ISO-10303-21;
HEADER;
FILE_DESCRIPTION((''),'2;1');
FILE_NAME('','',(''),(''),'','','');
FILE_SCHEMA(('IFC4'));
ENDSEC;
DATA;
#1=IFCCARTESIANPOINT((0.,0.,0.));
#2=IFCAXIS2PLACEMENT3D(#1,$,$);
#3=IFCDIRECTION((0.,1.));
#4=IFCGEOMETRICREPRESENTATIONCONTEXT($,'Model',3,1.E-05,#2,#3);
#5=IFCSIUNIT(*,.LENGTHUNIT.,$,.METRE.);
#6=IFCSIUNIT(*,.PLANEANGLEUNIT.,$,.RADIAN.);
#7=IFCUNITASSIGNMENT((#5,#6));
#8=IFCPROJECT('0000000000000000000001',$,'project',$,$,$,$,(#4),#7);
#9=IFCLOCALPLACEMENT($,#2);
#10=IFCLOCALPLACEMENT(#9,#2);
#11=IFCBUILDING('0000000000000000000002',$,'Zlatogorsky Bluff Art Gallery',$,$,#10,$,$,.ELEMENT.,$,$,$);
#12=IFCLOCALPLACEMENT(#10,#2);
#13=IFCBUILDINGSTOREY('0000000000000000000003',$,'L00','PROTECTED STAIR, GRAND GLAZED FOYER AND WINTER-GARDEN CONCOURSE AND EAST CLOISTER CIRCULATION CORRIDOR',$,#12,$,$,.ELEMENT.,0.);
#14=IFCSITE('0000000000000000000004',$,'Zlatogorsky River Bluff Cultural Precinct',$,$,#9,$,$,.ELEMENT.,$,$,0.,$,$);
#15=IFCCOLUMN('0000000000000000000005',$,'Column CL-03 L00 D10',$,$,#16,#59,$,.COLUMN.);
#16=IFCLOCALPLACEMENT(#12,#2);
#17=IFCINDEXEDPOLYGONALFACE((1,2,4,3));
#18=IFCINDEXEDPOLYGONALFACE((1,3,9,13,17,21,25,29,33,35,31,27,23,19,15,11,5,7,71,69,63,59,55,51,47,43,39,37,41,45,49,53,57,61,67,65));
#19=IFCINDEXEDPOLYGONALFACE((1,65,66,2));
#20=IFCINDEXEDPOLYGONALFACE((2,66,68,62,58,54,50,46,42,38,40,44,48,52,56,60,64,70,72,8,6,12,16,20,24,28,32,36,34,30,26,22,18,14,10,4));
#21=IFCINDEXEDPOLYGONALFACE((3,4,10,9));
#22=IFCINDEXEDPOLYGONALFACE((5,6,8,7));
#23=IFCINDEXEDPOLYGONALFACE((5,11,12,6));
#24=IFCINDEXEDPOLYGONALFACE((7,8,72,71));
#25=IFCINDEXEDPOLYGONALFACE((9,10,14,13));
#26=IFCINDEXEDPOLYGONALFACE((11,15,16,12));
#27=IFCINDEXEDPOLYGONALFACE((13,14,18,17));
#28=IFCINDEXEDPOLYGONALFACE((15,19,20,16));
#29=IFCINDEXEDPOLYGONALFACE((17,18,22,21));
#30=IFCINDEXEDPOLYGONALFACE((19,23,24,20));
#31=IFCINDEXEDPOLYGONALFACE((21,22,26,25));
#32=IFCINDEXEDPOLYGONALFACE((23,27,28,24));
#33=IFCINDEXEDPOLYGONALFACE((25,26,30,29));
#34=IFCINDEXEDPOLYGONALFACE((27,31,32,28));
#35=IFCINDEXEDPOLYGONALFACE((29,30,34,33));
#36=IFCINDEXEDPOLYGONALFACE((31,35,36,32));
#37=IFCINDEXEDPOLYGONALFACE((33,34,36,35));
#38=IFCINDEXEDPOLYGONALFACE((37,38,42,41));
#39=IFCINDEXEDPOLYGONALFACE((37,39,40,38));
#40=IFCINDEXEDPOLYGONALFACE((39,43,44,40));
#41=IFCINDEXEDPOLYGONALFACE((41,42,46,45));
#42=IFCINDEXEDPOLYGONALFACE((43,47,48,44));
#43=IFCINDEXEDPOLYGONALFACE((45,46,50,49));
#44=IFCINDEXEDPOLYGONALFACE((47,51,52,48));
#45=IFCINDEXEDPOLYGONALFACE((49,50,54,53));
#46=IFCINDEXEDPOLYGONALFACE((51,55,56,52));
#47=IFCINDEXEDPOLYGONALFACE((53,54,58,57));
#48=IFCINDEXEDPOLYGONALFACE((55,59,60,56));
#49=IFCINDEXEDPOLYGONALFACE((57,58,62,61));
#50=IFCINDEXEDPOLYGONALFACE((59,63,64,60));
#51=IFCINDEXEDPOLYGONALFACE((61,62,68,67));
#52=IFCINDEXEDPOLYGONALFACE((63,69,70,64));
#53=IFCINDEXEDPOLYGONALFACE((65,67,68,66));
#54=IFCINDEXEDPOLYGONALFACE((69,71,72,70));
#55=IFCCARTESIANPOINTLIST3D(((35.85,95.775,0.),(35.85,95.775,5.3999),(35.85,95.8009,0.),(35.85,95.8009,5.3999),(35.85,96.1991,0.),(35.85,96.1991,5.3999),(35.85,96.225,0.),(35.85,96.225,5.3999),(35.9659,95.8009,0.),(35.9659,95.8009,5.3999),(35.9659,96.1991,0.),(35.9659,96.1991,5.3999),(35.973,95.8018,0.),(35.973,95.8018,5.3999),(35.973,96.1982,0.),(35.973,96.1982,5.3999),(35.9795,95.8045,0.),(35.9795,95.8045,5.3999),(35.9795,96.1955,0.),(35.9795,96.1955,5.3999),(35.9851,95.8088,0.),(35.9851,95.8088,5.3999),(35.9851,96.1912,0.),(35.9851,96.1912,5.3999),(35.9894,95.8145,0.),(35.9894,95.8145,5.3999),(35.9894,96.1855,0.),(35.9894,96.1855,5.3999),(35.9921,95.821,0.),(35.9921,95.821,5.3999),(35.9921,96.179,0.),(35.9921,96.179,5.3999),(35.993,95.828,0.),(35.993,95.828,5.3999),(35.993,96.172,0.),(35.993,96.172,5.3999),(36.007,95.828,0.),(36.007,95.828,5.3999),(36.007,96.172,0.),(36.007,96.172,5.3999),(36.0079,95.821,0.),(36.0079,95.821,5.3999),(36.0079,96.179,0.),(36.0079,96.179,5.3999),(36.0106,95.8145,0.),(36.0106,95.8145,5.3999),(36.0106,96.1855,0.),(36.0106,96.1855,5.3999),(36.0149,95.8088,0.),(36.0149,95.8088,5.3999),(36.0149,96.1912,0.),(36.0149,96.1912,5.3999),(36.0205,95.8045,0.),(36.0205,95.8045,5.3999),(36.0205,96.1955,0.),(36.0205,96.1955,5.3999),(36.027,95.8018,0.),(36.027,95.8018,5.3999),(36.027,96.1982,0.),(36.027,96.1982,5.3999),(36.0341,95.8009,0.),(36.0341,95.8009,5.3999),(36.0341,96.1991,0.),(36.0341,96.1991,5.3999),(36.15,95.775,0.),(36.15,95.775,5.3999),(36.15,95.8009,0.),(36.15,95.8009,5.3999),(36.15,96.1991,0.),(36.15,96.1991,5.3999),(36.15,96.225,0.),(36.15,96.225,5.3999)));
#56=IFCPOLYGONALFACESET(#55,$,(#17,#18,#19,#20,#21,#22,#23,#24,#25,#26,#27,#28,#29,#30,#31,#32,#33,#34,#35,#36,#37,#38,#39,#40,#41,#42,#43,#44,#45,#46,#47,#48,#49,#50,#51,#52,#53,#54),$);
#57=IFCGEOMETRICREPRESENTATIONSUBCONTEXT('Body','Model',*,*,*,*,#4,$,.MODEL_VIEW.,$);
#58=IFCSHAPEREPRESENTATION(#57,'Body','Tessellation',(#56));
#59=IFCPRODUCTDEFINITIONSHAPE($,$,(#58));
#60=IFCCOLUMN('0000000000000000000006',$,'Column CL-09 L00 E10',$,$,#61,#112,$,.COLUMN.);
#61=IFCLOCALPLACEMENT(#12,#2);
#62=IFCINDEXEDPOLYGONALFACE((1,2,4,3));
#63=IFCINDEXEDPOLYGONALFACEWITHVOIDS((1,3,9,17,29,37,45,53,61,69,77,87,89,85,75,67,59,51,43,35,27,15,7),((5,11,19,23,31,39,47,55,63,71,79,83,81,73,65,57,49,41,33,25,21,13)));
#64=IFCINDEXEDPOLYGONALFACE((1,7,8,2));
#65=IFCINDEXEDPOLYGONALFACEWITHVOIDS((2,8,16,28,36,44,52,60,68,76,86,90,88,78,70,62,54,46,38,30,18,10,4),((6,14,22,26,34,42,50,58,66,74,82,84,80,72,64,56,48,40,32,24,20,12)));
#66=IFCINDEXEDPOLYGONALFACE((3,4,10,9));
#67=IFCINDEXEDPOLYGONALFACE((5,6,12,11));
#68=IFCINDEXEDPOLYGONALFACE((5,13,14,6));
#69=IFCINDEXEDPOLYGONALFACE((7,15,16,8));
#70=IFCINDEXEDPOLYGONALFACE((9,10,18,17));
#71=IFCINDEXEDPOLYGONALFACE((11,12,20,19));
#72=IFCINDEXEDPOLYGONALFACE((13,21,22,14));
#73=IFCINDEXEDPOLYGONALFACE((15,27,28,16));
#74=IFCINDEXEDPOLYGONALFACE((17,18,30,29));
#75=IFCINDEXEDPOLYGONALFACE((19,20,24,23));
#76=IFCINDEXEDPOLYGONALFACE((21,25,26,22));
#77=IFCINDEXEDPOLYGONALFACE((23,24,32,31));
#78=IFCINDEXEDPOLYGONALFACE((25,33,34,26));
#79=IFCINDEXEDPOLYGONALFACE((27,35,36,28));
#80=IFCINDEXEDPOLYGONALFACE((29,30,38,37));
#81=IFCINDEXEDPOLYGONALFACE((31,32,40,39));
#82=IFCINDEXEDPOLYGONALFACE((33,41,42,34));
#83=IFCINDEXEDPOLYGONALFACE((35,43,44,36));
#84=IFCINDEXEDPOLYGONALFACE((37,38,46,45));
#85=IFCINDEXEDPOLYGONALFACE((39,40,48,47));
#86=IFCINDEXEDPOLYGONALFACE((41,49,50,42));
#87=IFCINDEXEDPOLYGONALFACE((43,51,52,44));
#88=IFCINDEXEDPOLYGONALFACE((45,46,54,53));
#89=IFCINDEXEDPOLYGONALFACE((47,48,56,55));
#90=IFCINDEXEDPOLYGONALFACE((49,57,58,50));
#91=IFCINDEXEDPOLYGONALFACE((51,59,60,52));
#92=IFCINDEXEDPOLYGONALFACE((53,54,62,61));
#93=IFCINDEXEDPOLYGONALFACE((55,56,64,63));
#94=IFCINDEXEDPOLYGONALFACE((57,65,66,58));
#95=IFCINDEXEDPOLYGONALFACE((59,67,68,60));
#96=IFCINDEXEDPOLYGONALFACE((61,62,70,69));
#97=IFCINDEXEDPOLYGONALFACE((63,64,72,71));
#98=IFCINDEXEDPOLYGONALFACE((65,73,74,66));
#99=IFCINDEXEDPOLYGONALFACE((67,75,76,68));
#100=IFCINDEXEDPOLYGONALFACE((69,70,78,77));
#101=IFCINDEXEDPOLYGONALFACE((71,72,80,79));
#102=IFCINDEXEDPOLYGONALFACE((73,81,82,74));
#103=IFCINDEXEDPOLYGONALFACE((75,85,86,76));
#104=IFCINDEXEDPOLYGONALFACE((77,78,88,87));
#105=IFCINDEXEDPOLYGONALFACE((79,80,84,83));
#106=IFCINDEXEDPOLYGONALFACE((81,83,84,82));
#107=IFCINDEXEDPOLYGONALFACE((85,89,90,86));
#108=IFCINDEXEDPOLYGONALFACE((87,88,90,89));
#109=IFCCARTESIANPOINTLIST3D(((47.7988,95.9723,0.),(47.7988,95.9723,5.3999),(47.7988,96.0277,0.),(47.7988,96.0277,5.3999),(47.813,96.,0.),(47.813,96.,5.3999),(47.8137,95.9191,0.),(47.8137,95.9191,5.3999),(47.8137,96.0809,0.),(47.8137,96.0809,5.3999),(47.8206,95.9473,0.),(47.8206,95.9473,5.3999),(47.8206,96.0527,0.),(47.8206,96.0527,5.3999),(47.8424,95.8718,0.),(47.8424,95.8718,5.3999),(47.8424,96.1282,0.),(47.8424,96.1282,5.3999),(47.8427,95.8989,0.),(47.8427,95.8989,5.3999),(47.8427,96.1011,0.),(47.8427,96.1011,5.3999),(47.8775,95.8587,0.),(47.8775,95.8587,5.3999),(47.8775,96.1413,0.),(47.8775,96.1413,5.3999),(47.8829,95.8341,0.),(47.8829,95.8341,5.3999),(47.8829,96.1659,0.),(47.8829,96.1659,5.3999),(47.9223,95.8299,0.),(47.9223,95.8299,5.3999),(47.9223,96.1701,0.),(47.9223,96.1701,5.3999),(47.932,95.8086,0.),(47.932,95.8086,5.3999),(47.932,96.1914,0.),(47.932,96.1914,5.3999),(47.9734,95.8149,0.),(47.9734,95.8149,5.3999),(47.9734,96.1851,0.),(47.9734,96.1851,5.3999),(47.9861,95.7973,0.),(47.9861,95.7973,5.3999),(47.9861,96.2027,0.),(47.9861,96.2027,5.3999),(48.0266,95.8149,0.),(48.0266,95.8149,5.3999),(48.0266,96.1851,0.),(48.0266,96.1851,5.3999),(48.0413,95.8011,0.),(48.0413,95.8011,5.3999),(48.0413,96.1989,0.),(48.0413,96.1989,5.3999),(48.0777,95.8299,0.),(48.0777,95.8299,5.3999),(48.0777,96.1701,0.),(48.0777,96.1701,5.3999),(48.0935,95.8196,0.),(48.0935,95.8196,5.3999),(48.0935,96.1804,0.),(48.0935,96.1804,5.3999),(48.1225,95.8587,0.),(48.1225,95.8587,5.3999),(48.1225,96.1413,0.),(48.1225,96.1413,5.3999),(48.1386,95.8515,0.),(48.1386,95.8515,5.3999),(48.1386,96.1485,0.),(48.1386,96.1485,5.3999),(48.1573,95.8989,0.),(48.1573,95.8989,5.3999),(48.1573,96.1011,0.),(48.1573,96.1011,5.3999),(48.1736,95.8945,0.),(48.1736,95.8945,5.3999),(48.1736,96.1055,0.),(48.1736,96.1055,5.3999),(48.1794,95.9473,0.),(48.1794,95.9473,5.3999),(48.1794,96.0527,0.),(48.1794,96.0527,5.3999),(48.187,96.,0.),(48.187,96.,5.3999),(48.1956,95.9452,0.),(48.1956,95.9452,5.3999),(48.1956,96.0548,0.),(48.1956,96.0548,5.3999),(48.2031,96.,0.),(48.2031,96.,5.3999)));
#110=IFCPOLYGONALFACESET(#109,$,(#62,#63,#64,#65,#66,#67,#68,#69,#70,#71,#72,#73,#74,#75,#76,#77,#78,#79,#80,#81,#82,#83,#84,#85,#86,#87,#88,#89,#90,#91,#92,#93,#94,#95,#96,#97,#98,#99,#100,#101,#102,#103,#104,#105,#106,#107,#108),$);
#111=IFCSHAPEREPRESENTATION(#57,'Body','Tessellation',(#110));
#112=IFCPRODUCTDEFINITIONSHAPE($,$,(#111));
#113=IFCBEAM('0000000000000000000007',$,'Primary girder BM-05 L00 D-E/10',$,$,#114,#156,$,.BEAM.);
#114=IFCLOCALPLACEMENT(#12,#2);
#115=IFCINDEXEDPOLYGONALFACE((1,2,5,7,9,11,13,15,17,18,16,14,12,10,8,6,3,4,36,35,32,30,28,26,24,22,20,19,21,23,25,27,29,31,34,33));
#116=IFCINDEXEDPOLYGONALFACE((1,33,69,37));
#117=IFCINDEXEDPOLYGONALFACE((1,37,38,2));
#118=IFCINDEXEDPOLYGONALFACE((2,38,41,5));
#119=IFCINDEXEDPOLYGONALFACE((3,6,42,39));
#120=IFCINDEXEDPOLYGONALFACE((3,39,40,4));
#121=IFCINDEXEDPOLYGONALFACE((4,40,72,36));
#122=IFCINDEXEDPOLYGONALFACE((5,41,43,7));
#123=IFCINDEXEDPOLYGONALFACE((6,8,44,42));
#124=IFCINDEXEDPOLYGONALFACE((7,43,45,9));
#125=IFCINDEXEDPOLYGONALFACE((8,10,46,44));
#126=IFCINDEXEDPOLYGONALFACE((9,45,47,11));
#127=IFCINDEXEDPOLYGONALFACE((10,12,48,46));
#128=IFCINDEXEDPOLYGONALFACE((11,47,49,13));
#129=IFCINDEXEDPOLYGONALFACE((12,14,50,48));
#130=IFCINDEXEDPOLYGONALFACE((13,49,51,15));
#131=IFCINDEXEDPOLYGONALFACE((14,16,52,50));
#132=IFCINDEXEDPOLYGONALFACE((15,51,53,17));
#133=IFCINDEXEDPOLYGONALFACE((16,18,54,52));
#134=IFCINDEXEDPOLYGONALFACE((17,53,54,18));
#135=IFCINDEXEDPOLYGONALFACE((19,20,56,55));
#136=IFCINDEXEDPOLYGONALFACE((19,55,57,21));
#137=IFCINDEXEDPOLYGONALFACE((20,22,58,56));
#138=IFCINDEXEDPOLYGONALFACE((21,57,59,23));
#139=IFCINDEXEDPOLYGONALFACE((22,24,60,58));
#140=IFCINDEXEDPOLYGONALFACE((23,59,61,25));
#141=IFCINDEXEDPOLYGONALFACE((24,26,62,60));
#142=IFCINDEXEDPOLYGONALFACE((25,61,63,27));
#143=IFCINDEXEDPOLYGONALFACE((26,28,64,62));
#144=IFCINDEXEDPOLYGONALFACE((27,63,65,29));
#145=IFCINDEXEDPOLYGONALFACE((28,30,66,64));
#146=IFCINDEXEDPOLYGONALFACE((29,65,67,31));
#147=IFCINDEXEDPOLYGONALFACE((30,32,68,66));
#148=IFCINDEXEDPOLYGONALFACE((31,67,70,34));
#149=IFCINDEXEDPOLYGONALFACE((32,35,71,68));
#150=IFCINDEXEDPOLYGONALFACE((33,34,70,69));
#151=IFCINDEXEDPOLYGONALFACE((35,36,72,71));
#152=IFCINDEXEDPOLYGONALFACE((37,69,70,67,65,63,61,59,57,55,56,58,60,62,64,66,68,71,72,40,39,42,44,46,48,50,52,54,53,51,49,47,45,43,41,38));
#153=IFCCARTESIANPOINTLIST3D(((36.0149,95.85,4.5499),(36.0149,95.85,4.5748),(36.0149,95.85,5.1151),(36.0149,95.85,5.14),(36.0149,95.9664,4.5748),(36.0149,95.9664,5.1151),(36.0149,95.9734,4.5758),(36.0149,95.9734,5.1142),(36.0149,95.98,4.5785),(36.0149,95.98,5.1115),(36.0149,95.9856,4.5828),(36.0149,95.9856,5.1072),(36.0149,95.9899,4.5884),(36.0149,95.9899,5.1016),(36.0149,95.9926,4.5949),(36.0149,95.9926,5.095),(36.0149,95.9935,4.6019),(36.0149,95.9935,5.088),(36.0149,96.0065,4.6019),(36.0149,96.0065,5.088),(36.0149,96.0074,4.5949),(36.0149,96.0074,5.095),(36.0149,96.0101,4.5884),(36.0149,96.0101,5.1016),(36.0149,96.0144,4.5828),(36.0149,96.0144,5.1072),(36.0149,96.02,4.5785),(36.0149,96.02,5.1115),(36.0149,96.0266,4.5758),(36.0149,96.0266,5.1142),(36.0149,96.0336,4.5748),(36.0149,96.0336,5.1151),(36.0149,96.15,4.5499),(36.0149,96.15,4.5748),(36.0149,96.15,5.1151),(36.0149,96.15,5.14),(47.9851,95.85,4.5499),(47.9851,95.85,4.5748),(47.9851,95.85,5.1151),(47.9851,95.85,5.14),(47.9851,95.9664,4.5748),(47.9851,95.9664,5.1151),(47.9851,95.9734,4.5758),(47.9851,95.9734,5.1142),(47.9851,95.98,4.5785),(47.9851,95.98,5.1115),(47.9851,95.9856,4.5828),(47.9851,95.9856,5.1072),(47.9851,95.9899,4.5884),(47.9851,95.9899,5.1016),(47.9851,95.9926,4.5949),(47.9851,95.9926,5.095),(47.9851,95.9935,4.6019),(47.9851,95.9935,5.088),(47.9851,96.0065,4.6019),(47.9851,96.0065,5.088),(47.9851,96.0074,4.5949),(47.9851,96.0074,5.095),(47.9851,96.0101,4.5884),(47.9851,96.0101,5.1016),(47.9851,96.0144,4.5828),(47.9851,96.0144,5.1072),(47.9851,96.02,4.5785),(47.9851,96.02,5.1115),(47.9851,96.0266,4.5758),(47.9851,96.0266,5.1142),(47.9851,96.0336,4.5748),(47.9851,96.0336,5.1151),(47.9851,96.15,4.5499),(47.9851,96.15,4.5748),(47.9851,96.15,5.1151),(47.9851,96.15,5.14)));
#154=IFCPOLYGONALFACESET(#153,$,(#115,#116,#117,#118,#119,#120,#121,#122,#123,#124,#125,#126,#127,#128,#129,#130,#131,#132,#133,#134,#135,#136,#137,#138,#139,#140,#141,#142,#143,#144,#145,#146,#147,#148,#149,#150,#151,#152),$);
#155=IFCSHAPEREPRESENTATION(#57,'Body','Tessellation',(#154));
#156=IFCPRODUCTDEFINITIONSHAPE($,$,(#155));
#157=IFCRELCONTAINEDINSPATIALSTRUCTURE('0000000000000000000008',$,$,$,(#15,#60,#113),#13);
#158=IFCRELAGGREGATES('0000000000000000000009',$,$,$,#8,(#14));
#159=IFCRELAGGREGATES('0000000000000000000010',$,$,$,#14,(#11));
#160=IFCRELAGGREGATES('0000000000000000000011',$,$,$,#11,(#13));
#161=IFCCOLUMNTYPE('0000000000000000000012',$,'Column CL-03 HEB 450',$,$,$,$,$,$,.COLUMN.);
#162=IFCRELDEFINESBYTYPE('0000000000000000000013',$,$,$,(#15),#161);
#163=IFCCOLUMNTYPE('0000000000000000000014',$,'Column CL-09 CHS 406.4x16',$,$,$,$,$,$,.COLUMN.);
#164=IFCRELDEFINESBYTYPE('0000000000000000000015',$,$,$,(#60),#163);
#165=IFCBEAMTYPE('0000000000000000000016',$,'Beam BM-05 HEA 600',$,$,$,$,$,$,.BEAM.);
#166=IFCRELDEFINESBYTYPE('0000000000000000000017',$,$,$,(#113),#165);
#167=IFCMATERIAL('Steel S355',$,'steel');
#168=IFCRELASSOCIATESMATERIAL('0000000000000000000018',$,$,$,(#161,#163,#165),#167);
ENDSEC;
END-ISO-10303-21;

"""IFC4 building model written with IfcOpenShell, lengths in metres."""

from ifc_helpers import new_model, si_unit, direction, frame, origin, origin_2d, place, context, subcontext, project, spatial, hollow_circle, i_section, extrude, material, material_profile, profile_set, type_object, element, save


model = new_model("IFC4")

# Units and contexts
model_context = context("Model", 3, precision=1e-05, world=origin(), true_north=direction((0.0, 1.0)))
body_context = subcontext(model_context, "Body", "Model", "MODEL_VIEW")
ifc_project = project(units=[si_unit("LENGTHUNIT", "METRE"), si_unit("PLANEANGLEUNIT", "RADIAN")], contexts=[model_context])

# Site, building, storey
site_placement = place(None, origin())
site = spatial("IfcSite", under=ifc_project, at=site_placement, Name="Zlatogorsky River Bluff Cultural Precinct", CompositionType="ELEMENT", RefElevation=0.0)
building_placement = place(site_placement, origin())
building = spatial("IfcBuilding", under=site, at=building_placement, Name="Zlatogorsky Bluff Art Gallery", CompositionType="ELEMENT")
storey_placement = place(building_placement, origin())
storey = spatial("IfcBuildingStorey", under=building, at=storey_placement, Name="L00", Description="PROTECTED STAIR, GRAND GLAZED FOYER AND WINTER-GARDEN CONCOURSE AND EAST CLOISTER CIRCULATION CORRIDOR", CompositionType="ELEMENT", Elevation=0.0)

# Columns
ifc_material_1 = material(Name="Steel S355", Category="steel")
ifc_material_profile_1 = material_profile(ifc_material_1, i_section(OverallWidth=0.3, OverallDepth=0.45, WebThickness=0.0139, FlangeThickness=0.0259, FilletRadius=0.0271, at=origin_2d()), Name="HEB 450")
ifc_profile_set_1 = profile_set([ifc_material_profile_1], Name="Steel S355")
column_type_1 = type_object("IfcColumnType", Name="Column CL-03 HEB 450", PredefinedType="COLUMN", material=ifc_profile_set_1)
column_1_placement = place(storey_placement, frame((36.0, 96.0, 0.0), z_axis=(0.0, 0.0, 1.0), x_axis=(1.0, 0.0, 0.0)))
element("IfcColumn", 1, at=column_1_placement, inside=storey, type_object=column_type_1, Name="Column CL-03 L00 D10", PredefinedType="COLUMN", context=body_context, shape_type="SweptSolid", body=[
    extrude(i_section(OverallWidth=0.3, OverallDepth=0.45, WebThickness=0.0139, FlangeThickness=0.0259, FilletRadius=0.0271, at=origin_2d()), origin(), (0.0, 0.0, 1.0), 5.3999),
])
ifc_material_profile_2 = material_profile(ifc_material_1, hollow_circle(Radius=0.2031, WallThickness=0.0161, at=origin_2d()), Name="CHS 406.4x16")
ifc_profile_set_2 = profile_set([ifc_material_profile_2], Name="Steel S355")
column_type_2 = type_object("IfcColumnType", Name="Column CL-09 CHS 406.4x16", PredefinedType="COLUMN", material=ifc_profile_set_2)
column_2_placement = place(storey_placement, frame((48.0, 96.0, 0.0), z_axis=(0.0, 0.0, 1.0), x_axis=(1.0, 0.0, 0.0)))
element("IfcColumn", 2, at=column_2_placement, inside=storey, type_object=column_type_2, Name="Column CL-09 L00 E10", PredefinedType="COLUMN", context=body_context, shape_type="SweptSolid", body=[
    extrude(hollow_circle(Radius=0.2031, WallThickness=0.0161, at=origin_2d()), origin(), (0.0, 0.0, 1.0), 5.3999),
])

# Beam
ifc_material_profile_3 = material_profile(ifc_material_1, i_section(OverallWidth=0.3, OverallDepth=0.5901, WebThickness=0.0129, FlangeThickness=0.0249, FilletRadius=0.0271, at=origin_2d()), Name="HEA 600")
ifc_profile_set_3 = profile_set([ifc_material_profile_3], Name="Steel S355")
beam_type_1 = type_object("IfcBeamType", Name="Beam BM-05 HEA 600", PredefinedType="BEAM", material=ifc_profile_set_3)
for number, where, z_axis, x_axis, name in (
    (3, (36.0149, 96.0, 4.845), (1.0, 0.0, 0.0), (0.0, 1.0, 0.0), "Primary girder BM-05 L00 D-E/10"),
):
    element("IfcBeam", number, at=place(storey_placement, frame(where, z_axis=z_axis, x_axis=x_axis)), inside=storey, type_object=beam_type_1, Name=name, PredefinedType="BEAM", context=body_context, shape_type="SweptSolid", body=[
        extrude(i_section(OverallWidth=0.3, OverallDepth=0.5901, WebThickness=0.0129, FlangeThickness=0.0249, FilletRadius=0.0271, at=origin_2d()), origin(), (0.0, 0.0, 1.0), 11.9702),
    ])

save(model, "model.ifc")
